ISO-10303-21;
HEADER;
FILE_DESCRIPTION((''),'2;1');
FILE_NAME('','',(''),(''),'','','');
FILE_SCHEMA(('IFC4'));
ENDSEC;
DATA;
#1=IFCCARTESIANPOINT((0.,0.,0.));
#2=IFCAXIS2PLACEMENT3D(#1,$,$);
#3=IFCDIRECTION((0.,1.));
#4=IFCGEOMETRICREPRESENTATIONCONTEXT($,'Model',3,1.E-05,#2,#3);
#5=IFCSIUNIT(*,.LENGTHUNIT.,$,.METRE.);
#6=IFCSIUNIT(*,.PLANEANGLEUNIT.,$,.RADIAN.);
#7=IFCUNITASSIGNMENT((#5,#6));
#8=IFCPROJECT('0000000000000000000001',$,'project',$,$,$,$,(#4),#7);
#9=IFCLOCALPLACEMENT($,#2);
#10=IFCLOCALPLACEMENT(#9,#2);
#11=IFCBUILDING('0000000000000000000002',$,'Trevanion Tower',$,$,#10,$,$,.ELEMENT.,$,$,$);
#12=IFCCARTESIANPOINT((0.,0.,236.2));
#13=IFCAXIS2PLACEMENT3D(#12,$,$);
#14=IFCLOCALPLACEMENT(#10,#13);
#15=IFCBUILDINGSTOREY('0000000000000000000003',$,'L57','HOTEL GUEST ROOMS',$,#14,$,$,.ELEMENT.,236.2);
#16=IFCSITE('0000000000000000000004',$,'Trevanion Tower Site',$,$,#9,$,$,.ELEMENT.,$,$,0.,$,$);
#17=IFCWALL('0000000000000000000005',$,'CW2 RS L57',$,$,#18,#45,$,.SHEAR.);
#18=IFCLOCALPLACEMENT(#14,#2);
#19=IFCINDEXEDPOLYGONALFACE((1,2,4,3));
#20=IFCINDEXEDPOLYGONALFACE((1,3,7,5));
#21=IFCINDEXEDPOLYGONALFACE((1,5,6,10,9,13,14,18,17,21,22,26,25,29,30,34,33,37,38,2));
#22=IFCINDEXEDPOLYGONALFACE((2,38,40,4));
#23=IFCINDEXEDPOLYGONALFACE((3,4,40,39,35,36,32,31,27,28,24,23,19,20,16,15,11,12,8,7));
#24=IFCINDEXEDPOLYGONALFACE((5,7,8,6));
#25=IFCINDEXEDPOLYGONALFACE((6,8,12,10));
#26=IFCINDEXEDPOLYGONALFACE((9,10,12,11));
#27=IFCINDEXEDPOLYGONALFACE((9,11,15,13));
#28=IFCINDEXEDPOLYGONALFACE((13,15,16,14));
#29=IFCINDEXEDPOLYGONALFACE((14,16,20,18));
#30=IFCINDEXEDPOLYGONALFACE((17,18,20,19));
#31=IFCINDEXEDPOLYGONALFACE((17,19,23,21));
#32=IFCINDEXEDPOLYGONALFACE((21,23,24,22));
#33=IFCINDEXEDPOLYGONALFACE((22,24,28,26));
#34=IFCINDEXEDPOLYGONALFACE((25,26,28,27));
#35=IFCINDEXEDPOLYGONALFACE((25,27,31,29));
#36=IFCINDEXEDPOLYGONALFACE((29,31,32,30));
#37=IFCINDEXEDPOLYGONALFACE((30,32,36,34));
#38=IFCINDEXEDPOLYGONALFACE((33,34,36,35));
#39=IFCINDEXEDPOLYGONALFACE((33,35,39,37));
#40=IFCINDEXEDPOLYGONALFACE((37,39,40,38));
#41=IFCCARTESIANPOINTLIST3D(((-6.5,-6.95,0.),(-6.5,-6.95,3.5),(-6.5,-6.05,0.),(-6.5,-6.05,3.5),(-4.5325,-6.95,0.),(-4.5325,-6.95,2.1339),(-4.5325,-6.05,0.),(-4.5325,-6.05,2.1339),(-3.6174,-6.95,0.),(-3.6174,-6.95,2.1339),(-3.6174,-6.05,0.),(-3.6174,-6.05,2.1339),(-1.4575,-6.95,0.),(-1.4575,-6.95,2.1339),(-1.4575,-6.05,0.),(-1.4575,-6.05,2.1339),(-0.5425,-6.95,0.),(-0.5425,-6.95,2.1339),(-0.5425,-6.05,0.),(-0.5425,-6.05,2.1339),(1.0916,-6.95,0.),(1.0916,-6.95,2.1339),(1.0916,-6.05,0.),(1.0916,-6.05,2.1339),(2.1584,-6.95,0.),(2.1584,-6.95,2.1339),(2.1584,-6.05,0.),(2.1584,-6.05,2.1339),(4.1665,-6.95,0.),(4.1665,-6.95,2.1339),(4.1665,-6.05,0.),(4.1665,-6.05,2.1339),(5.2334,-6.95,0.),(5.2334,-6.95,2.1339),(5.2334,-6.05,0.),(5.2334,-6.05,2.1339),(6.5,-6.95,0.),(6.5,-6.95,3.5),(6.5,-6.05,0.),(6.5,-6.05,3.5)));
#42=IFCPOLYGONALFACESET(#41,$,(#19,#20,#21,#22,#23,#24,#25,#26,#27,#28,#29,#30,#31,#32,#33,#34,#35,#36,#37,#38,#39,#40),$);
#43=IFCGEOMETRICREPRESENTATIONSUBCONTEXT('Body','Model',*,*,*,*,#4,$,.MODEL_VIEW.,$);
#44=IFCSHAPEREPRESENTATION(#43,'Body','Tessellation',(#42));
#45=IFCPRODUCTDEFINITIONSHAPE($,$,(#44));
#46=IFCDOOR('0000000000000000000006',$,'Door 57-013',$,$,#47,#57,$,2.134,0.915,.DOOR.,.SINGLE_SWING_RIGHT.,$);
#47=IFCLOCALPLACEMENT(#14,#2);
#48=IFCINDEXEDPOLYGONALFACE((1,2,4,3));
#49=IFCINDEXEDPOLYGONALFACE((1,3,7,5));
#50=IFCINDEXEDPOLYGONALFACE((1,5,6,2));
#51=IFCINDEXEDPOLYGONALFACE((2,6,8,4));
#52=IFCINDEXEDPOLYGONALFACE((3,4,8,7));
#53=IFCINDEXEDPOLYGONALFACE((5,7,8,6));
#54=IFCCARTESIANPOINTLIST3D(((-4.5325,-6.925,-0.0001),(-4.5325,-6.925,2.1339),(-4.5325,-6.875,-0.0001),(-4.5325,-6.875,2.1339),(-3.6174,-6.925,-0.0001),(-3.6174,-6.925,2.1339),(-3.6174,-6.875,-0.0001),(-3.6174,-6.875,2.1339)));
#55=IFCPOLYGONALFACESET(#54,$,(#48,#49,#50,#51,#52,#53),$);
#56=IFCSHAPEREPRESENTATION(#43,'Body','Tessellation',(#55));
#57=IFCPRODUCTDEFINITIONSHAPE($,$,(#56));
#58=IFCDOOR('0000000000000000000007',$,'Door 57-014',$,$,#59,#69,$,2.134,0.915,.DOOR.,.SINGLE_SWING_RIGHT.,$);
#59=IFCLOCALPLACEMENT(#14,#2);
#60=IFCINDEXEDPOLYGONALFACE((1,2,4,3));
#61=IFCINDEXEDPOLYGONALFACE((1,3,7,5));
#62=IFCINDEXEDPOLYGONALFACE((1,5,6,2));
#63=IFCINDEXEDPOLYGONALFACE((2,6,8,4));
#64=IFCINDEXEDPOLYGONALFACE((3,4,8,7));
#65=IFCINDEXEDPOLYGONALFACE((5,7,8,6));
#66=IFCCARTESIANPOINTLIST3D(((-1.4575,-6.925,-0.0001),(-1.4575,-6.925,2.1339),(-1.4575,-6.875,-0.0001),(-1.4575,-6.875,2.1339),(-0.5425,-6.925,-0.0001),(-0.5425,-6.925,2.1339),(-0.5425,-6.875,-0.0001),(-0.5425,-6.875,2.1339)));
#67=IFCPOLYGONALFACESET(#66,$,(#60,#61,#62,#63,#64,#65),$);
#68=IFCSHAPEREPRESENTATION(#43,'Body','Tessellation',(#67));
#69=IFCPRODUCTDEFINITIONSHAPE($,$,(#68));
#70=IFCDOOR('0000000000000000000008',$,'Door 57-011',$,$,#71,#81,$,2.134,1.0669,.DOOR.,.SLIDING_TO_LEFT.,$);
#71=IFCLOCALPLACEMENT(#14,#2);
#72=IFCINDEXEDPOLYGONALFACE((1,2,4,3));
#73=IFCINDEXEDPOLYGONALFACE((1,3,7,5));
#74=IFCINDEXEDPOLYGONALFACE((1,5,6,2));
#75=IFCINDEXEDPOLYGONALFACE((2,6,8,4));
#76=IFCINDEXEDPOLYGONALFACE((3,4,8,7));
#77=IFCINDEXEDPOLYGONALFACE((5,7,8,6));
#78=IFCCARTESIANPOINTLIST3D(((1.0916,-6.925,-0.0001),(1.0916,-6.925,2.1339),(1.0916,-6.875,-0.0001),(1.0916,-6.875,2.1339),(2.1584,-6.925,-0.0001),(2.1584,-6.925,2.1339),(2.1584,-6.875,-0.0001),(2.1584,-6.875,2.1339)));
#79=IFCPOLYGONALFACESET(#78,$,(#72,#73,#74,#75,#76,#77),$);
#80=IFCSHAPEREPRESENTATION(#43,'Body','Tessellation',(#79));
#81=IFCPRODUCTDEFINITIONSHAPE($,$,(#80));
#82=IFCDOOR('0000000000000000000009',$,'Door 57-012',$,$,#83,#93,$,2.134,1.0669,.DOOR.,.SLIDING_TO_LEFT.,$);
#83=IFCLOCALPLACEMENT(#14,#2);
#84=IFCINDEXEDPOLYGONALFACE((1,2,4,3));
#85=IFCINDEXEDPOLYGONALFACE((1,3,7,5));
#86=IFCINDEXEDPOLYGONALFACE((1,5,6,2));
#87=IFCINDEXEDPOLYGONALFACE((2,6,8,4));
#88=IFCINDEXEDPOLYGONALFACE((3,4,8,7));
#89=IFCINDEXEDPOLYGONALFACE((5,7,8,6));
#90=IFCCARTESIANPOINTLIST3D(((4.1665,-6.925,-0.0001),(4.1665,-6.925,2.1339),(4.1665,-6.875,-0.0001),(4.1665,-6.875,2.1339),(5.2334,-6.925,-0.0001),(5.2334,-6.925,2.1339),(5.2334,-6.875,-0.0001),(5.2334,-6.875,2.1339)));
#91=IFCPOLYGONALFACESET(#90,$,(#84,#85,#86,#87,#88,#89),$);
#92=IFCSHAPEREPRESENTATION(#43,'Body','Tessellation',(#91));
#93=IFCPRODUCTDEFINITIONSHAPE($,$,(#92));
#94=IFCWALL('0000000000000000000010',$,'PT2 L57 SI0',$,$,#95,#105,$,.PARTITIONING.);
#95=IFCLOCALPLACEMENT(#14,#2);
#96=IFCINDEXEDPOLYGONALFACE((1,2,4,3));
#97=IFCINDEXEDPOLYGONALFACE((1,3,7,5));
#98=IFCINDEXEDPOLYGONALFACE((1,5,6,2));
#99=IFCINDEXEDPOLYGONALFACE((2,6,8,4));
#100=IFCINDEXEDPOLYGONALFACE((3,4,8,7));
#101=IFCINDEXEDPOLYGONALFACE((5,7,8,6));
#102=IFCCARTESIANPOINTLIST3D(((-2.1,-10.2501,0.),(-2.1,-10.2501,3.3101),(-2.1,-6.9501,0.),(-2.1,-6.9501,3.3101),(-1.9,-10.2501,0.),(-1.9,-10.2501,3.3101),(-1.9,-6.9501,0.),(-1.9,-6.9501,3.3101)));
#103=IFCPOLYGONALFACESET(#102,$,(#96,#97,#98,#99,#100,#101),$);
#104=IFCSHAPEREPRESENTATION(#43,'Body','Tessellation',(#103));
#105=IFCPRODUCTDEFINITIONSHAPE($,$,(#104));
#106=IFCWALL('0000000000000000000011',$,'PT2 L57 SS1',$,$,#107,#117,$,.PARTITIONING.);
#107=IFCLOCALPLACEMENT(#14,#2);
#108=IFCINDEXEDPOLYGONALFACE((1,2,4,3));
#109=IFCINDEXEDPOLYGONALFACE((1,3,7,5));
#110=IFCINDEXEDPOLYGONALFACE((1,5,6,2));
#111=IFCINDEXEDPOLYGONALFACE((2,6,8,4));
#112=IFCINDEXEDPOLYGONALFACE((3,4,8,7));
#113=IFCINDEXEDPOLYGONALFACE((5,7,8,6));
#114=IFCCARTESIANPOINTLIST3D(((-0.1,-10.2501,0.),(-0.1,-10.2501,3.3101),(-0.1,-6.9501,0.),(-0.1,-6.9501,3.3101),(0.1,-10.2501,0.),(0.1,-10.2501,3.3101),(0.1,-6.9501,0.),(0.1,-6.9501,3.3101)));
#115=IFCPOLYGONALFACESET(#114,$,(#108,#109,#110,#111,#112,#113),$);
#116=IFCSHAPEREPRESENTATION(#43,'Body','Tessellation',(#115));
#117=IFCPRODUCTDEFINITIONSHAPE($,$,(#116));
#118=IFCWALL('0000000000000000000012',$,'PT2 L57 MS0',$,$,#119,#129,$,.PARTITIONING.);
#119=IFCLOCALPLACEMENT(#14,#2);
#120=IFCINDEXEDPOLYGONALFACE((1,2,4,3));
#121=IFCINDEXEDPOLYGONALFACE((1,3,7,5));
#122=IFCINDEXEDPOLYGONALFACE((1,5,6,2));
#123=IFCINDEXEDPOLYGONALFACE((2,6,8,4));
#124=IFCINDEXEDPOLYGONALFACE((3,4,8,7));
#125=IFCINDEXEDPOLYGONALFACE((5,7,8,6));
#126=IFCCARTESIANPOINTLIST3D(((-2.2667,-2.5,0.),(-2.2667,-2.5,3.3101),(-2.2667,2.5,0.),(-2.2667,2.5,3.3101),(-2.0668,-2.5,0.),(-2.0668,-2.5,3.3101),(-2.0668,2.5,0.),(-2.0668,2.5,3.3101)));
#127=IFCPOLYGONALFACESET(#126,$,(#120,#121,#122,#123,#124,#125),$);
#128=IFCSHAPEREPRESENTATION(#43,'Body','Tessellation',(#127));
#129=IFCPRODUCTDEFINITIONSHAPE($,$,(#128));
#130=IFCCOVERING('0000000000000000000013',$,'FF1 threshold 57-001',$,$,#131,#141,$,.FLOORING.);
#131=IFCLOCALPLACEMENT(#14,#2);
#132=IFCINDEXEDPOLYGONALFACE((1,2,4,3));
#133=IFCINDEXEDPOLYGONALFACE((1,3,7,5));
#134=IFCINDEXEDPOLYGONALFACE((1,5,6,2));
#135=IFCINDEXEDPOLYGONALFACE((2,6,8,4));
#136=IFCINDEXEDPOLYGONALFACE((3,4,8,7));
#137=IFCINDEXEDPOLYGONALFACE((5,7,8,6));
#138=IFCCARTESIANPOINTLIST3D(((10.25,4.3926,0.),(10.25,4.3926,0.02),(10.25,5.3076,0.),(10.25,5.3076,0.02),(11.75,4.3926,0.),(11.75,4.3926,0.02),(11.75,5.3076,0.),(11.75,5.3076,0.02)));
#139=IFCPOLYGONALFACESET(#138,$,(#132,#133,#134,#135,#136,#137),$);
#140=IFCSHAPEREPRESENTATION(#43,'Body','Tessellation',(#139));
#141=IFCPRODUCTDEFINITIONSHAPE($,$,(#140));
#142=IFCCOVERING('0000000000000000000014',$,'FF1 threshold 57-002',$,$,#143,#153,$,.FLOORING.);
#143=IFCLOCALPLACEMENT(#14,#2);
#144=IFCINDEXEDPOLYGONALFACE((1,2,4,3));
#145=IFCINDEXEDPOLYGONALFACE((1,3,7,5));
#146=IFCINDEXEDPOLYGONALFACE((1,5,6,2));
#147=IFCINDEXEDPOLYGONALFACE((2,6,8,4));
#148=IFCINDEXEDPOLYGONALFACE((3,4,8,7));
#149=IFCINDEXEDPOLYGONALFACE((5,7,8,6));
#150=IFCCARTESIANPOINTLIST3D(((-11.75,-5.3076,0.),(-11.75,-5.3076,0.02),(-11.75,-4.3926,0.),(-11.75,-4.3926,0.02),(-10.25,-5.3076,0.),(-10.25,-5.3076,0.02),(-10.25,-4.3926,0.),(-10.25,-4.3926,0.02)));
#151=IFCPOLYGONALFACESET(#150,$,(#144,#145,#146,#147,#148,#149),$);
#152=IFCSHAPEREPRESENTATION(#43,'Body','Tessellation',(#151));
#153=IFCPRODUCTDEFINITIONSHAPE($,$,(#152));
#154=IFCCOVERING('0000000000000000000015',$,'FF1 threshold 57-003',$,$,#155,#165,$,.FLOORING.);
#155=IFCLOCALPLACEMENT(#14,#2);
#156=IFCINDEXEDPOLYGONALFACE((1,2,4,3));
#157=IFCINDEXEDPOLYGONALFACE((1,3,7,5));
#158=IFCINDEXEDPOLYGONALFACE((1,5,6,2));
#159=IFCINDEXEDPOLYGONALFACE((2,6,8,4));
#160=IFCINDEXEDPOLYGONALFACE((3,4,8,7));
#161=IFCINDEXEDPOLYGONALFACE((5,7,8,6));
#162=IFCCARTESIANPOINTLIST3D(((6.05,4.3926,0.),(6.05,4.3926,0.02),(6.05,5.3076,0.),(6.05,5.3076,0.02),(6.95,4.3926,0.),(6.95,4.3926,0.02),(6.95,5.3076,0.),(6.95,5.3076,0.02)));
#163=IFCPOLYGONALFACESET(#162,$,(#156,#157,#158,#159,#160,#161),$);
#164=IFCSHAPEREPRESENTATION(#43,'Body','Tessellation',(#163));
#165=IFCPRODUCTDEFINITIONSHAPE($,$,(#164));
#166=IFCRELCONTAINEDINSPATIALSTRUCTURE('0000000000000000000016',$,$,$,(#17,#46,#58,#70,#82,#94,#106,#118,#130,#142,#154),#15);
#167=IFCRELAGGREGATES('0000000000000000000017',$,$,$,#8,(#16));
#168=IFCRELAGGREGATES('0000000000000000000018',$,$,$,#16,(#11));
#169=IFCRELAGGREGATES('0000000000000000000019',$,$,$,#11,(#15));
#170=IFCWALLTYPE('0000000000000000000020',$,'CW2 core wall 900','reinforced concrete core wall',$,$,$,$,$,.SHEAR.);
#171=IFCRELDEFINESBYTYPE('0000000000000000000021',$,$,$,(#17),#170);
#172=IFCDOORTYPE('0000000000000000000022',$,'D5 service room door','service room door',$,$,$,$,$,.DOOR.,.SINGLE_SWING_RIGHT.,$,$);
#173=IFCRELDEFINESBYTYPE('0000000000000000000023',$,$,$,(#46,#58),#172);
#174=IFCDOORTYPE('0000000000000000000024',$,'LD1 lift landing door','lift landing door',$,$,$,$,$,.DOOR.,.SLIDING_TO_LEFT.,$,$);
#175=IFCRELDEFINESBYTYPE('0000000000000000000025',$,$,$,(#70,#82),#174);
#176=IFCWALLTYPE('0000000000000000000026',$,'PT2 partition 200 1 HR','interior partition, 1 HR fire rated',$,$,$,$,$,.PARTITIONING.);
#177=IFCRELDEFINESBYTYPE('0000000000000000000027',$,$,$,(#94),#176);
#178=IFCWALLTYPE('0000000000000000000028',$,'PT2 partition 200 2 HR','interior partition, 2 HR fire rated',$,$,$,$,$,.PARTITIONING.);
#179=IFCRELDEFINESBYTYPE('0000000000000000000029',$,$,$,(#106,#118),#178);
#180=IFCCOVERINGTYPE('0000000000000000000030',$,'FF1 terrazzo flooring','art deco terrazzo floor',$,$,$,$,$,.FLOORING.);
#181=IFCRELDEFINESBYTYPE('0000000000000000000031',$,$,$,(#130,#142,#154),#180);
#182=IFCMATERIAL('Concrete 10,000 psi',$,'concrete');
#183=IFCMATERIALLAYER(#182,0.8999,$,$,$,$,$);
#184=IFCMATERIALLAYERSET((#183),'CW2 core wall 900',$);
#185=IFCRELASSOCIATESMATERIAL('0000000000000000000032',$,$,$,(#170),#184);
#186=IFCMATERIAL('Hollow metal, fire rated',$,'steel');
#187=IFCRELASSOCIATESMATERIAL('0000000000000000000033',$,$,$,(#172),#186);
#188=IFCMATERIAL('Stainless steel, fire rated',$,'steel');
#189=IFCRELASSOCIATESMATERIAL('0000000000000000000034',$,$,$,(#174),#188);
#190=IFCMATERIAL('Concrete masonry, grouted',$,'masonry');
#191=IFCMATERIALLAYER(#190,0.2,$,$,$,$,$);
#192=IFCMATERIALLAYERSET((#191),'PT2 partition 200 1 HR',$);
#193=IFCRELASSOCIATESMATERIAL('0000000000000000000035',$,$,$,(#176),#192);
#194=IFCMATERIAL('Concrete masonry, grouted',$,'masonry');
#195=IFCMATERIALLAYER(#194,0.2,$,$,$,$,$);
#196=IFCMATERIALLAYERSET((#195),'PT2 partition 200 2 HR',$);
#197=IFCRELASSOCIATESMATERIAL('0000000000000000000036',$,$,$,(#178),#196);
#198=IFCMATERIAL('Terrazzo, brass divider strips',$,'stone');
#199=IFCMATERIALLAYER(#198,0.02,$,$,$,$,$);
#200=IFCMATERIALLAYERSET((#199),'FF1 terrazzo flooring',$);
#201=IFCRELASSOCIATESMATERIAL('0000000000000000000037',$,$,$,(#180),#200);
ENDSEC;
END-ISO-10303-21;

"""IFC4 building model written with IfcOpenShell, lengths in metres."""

from ifc_helpers import new_model, si_unit, direction, frame, frame_2d, origin, place, context, subcontext, project, spatial, polyline, rectangle, outline, extrude, material, layer, layer_set, type_object, element, fill, save


model = new_model("IFC4")

# Units and contexts
model_context = context("Model", 3, precision=1e-05, world=origin(), true_north=direction((0.0, 1.0)))
body_context = subcontext(model_context, "Body", "Model", "MODEL_VIEW")
ifc_project = project(units=[si_unit("LENGTHUNIT", "METRE"), si_unit("PLANEANGLEUNIT", "RADIAN")], contexts=[model_context])

# Site, building, storey
site_placement = place(None, origin())
site = spatial("IfcSite", under=ifc_project, at=site_placement, Name="Trevanion Tower Site", CompositionType="ELEMENT", RefElevation=0.0)
building_placement = place(site_placement, origin())
building = spatial("IfcBuilding", under=site, at=building_placement, Name="Trevanion Tower", CompositionType="ELEMENT")
storey_placement = place(building_placement, frame((0.0, 0.0, 236.2)))
storey = spatial("IfcBuildingStorey", under=building, at=storey_placement, Name="L57", Description="HOTEL GUEST ROOMS", CompositionType="ELEMENT", Elevation=236.2)

# Wall, openings, doors
ifc_material_1 = material(Name="Concrete 10,000 psi", Category="concrete")
ifc_layer_1 = layer(ifc_material_1, 0.8999)
ifc_layer_set_1 = layer_set([ifc_layer_1], Name="CW2 core wall 900")
wall_type_1 = type_object("IfcWallType", Name="CW2 core wall 900", Description="reinforced concrete core wall", PredefinedType="SHEAR", material=ifc_layer_set_1)
wall_1_placement = place(storey_placement, frame((-6.5, -6.5, 0.0), z_axis=(0.0, 0.0, 1.0), x_axis=(1.0, 0.0, 0.0)))
wall_1 = element("IfcWall", 1, at=wall_1_placement, inside=storey, type_object=wall_type_1, Name="CW2 RS L57", PredefinedType="SHEAR", context=body_context, shape_type="SweptSolid", body=[
    extrude(rectangle(XDim=13.0, YDim=0.8999, at=frame_2d((6.5, 0.0))), origin(), (0.0, 0.0, 1.0), 3.5),
])
opening_1_placement = place(wall_1_placement, frame((7.5916, 0.0, 0.0)))
opening_1 = element("IfcOpeningElement", 2, at=opening_1_placement, cuts=wall_1, PredefinedType="OPENING", context=body_context, shape_type="SweptSolid", body=[
    extrude(rectangle(XDim=1.0669, YDim=2.134, at=frame_2d((0.5334, 1.0669))), frame((0.0, 0.46, 0.0), z_axis=(0.0, -1.0, 0.0), x_axis=(1.0, 0.0, 0.0)), (0.0, 0.0, 1.0), 0.9199),
])
opening_2_placement = place(wall_1_placement, frame((10.6665, 0.0, 0.0)))
opening_2 = element("IfcOpeningElement", 3, at=opening_2_placement, cuts=wall_1, PredefinedType="OPENING", context=body_context, shape_type="SweptSolid", body=[
    extrude(rectangle(XDim=1.0669, YDim=2.134, at=frame_2d((0.5334, 1.0669))), frame((0.0, 0.46, 0.0), z_axis=(0.0, -1.0, 0.0), x_axis=(1.0, 0.0, 0.0)), (0.0, 0.0, 1.0), 0.9199),
])
opening_3_placement = place(wall_1_placement, frame((1.9675, 0.0, 0.0)))
opening_3 = element("IfcOpeningElement", 4, at=opening_3_placement, cuts=wall_1, PredefinedType="OPENING", context=body_context, shape_type="SweptSolid", body=[
    extrude(rectangle(XDim=0.915, YDim=2.134, at=frame_2d((0.4575, 1.0669))), frame((0.0, 0.46, 0.0), z_axis=(0.0, -1.0, 0.0), x_axis=(1.0, 0.0, 0.0)), (0.0, 0.0, 1.0), 0.9199),
])
opening_4_placement = place(wall_1_placement, frame((5.0425, 0.0, 0.0)))
opening_4 = element("IfcOpeningElement", 5, at=opening_4_placement, cuts=wall_1, PredefinedType="OPENING", context=body_context, shape_type="SweptSolid", body=[
    extrude(rectangle(XDim=0.915, YDim=2.134, at=frame_2d((0.4575, 1.0669))), frame((0.0, 0.46, 0.0), z_axis=(0.0, -1.0, 0.0), x_axis=(1.0, 0.0, 0.0)), (0.0, 0.0, 1.0), 0.9199),
])
ifc_material_2 = material(Name="Hollow metal, fire rated", Category="steel")
door_type_1 = type_object("IfcDoorType", Name="D5 service room door", Description="service room door", OperationType="SINGLE_SWING_RIGHT", PredefinedType="DOOR", material=ifc_material_2)
door_1_placement = place(opening_3_placement, origin())
door_1 = element("IfcDoor", 6, at=door_1_placement, inside=storey, type_object=door_type_1, Name="Door 57-013", OperationType="SINGLE_SWING_RIGHT", OverallHeight=2.134, OverallWidth=0.915, PredefinedType="DOOR", context=body_context, shape_type="SweptSolid", body=[
    extrude(rectangle(XDim=0.915, YDim=2.134, at=frame_2d((0.4575, 1.0669))), frame((0.0, -0.375, 0.0), z_axis=(0.0, -1.0, 0.0), x_axis=(1.0, 0.0, 0.0)), (0.0, 0.0, 1.0), 0.05),
])
fill(opening_3, door_1)
door_2_placement = place(opening_4_placement, origin())
door_2 = element("IfcDoor", 7, at=door_2_placement, inside=storey, type_object=door_type_1, Name="Door 57-014", OperationType="SINGLE_SWING_RIGHT", OverallHeight=2.134, OverallWidth=0.915, PredefinedType="DOOR", context=body_context, shape_type="SweptSolid", body=[
    extrude(rectangle(XDim=0.915, YDim=2.134, at=frame_2d((0.4575, 1.0669))), frame((0.0, -0.375, 0.0), z_axis=(0.0, -1.0, 0.0), x_axis=(1.0, 0.0, 0.0)), (0.0, 0.0, 1.0), 0.05),
])
fill(opening_4, door_2)
ifc_material_3 = material(Name="Stainless steel, fire rated", Category="steel")
door_type_2 = type_object("IfcDoorType", Name="LD1 lift landing door", Description="lift landing door", OperationType="SLIDING_TO_LEFT", PredefinedType="DOOR", material=ifc_material_3)
door_3_placement = place(opening_1_placement, origin())
door_3 = element("IfcDoor", 8, at=door_3_placement, inside=storey, type_object=door_type_2, Name="Door 57-011", OperationType="SLIDING_TO_LEFT", OverallHeight=2.134, OverallWidth=1.0669, PredefinedType="DOOR", context=body_context, shape_type="SweptSolid", body=[
    extrude(rectangle(XDim=1.0669, YDim=2.134, at=frame_2d((0.5334, 1.0669))), frame((0.0, -0.375, 0.0), z_axis=(0.0, -1.0, 0.0), x_axis=(1.0, 0.0, 0.0)), (0.0, 0.0, 1.0), 0.05),
])
fill(opening_1, door_3)
door_4_placement = place(opening_2_placement, origin())
door_4 = element("IfcDoor", 9, at=door_4_placement, inside=storey, type_object=door_type_2, Name="Door 57-012", OperationType="SLIDING_TO_LEFT", OverallHeight=2.134, OverallWidth=1.0669, PredefinedType="DOOR", context=body_context, shape_type="SweptSolid", body=[
    extrude(rectangle(XDim=1.0669, YDim=2.134, at=frame_2d((0.5334, 1.0669))), frame((0.0, -0.375, 0.0), z_axis=(0.0, -1.0, 0.0), x_axis=(1.0, 0.0, 0.0)), (0.0, 0.0, 1.0), 0.05),
])
fill(opening_2, door_4)

# Walls
ifc_material_4 = material(Name="Concrete masonry, grouted", Category="masonry")
ifc_layer_2 = layer(ifc_material_4, 0.2)
ifc_layer_set_2 = layer_set([ifc_layer_2], Name="PT2 partition 200 1 HR")
wall_type_2 = type_object("IfcWallType", Name="PT2 partition 200 1 HR", Description="interior partition, 1 HR fire rated", PredefinedType="PARTITIONING", material=ifc_layer_set_2)
wall_2_placement = place(storey_placement, frame((-2.0, -10.25, 0.0), z_axis=(0.0, 0.0, 1.0), x_axis=(0.0, 1.0, 0.0)))
element("IfcWall", 10, at=wall_2_placement, inside=storey, type_object=wall_type_2, Name="PT2 L57 SI0", PredefinedType="PARTITIONING", context=body_context, shape_type="SweptSolid", body=[
    extrude(rectangle(XDim=3.3, YDim=0.2, at=frame_2d((1.6499, 0.0))), origin(), (0.0, 0.0, 1.0), 3.3101),
])
ifc_material_5 = material(Name="Concrete masonry, grouted", Category="masonry")
ifc_layer_3 = layer(ifc_material_5, 0.2)
ifc_layer_set_3 = layer_set([ifc_layer_3], Name="PT2 partition 200 2 HR")
wall_type_3 = type_object("IfcWallType", Name="PT2 partition 200 2 HR", Description="interior partition, 2 HR fire rated", PredefinedType="PARTITIONING", material=ifc_layer_set_3)
wall_3_placement = place(storey_placement, frame((0.0, -10.25, 0.0), z_axis=(0.0, 0.0, 1.0), x_axis=(0.0, 1.0, 0.0)))
element("IfcWall", 11, at=wall_3_placement, inside=storey, type_object=wall_type_3, Name="PT2 L57 SS1", PredefinedType="PARTITIONING", context=body_context, shape_type="SweptSolid", body=[
    extrude(rectangle(XDim=3.3, YDim=0.2, at=frame_2d((1.6499, 0.0))), origin(), (0.0, 0.0, 1.0), 3.3101),
])
wall_4_placement = place(storey_placement, frame((-2.1667, -2.5, 0.0), z_axis=(0.0, 0.0, 1.0), x_axis=(0.0, 1.0, 0.0)))
element("IfcWall", 12, at=wall_4_placement, inside=storey, type_object=wall_type_3, Name="PT2 L57 MS0", PredefinedType="PARTITIONING", context=body_context, shape_type="SweptSolid", body=[
    extrude(rectangle(XDim=5.0, YDim=0.2, at=frame_2d((2.5, 0.0))), origin(), (0.0, 0.0, 1.0), 3.3101),
])

# Coverings
ifc_material_6 = material(Name="Terrazzo, brass divider strips", Category="stone")
ifc_layer_4 = layer(ifc_material_6, 0.02)
ifc_layer_set_4 = layer_set([ifc_layer_4], Name="FF1 terrazzo flooring")
covering_type = type_object("IfcCoveringType", Name="FF1 terrazzo flooring", Description="art deco terrazzo floor", PredefinedType="FLOORING", material=ifc_layer_set_4)
covering_1_placement = place(storey_placement, origin())
element("IfcCovering", 13, at=covering_1_placement, inside=storey, type_object=covering_type, Name="FF1 threshold 57-001", PredefinedType="FLOORING", context=body_context, shape_type="SweptSolid", body=[
    extrude(outline(polyline([(11.75, 4.3926), (11.75, 5.3076), (10.25, 5.3076), (10.25, 4.3926), (11.75, 4.3926)])), origin(), (0.0, 0.0, 1.0), 0.02),
])
covering_2_placement = place(storey_placement, origin())
element("IfcCovering", 14, at=covering_2_placement, inside=storey, type_object=covering_type, Name="FF1 threshold 57-002", PredefinedType="FLOORING", context=body_context, shape_type="SweptSolid", body=[
    extrude(outline(polyline([(-11.75, -4.3926), (-11.75, -5.3076), (-10.25, -5.3076), (-10.25, -4.3926), (-11.75, -4.3926)])), origin(), (0.0, 0.0, 1.0), 0.02),
])
covering_3_placement = place(storey_placement, origin())
element("IfcCovering", 15, at=covering_3_placement, inside=storey, type_object=covering_type, Name="FF1 threshold 57-003", PredefinedType="FLOORING", context=body_context, shape_type="SweptSolid", body=[
    extrude(outline(polyline([(6.95, 4.3926), (6.95, 5.3076), (6.05, 5.3076), (6.05, 4.3926), (6.95, 4.3926)])), origin(), (0.0, 0.0, 1.0), 0.02),
])

save(model, "model.ifc")
